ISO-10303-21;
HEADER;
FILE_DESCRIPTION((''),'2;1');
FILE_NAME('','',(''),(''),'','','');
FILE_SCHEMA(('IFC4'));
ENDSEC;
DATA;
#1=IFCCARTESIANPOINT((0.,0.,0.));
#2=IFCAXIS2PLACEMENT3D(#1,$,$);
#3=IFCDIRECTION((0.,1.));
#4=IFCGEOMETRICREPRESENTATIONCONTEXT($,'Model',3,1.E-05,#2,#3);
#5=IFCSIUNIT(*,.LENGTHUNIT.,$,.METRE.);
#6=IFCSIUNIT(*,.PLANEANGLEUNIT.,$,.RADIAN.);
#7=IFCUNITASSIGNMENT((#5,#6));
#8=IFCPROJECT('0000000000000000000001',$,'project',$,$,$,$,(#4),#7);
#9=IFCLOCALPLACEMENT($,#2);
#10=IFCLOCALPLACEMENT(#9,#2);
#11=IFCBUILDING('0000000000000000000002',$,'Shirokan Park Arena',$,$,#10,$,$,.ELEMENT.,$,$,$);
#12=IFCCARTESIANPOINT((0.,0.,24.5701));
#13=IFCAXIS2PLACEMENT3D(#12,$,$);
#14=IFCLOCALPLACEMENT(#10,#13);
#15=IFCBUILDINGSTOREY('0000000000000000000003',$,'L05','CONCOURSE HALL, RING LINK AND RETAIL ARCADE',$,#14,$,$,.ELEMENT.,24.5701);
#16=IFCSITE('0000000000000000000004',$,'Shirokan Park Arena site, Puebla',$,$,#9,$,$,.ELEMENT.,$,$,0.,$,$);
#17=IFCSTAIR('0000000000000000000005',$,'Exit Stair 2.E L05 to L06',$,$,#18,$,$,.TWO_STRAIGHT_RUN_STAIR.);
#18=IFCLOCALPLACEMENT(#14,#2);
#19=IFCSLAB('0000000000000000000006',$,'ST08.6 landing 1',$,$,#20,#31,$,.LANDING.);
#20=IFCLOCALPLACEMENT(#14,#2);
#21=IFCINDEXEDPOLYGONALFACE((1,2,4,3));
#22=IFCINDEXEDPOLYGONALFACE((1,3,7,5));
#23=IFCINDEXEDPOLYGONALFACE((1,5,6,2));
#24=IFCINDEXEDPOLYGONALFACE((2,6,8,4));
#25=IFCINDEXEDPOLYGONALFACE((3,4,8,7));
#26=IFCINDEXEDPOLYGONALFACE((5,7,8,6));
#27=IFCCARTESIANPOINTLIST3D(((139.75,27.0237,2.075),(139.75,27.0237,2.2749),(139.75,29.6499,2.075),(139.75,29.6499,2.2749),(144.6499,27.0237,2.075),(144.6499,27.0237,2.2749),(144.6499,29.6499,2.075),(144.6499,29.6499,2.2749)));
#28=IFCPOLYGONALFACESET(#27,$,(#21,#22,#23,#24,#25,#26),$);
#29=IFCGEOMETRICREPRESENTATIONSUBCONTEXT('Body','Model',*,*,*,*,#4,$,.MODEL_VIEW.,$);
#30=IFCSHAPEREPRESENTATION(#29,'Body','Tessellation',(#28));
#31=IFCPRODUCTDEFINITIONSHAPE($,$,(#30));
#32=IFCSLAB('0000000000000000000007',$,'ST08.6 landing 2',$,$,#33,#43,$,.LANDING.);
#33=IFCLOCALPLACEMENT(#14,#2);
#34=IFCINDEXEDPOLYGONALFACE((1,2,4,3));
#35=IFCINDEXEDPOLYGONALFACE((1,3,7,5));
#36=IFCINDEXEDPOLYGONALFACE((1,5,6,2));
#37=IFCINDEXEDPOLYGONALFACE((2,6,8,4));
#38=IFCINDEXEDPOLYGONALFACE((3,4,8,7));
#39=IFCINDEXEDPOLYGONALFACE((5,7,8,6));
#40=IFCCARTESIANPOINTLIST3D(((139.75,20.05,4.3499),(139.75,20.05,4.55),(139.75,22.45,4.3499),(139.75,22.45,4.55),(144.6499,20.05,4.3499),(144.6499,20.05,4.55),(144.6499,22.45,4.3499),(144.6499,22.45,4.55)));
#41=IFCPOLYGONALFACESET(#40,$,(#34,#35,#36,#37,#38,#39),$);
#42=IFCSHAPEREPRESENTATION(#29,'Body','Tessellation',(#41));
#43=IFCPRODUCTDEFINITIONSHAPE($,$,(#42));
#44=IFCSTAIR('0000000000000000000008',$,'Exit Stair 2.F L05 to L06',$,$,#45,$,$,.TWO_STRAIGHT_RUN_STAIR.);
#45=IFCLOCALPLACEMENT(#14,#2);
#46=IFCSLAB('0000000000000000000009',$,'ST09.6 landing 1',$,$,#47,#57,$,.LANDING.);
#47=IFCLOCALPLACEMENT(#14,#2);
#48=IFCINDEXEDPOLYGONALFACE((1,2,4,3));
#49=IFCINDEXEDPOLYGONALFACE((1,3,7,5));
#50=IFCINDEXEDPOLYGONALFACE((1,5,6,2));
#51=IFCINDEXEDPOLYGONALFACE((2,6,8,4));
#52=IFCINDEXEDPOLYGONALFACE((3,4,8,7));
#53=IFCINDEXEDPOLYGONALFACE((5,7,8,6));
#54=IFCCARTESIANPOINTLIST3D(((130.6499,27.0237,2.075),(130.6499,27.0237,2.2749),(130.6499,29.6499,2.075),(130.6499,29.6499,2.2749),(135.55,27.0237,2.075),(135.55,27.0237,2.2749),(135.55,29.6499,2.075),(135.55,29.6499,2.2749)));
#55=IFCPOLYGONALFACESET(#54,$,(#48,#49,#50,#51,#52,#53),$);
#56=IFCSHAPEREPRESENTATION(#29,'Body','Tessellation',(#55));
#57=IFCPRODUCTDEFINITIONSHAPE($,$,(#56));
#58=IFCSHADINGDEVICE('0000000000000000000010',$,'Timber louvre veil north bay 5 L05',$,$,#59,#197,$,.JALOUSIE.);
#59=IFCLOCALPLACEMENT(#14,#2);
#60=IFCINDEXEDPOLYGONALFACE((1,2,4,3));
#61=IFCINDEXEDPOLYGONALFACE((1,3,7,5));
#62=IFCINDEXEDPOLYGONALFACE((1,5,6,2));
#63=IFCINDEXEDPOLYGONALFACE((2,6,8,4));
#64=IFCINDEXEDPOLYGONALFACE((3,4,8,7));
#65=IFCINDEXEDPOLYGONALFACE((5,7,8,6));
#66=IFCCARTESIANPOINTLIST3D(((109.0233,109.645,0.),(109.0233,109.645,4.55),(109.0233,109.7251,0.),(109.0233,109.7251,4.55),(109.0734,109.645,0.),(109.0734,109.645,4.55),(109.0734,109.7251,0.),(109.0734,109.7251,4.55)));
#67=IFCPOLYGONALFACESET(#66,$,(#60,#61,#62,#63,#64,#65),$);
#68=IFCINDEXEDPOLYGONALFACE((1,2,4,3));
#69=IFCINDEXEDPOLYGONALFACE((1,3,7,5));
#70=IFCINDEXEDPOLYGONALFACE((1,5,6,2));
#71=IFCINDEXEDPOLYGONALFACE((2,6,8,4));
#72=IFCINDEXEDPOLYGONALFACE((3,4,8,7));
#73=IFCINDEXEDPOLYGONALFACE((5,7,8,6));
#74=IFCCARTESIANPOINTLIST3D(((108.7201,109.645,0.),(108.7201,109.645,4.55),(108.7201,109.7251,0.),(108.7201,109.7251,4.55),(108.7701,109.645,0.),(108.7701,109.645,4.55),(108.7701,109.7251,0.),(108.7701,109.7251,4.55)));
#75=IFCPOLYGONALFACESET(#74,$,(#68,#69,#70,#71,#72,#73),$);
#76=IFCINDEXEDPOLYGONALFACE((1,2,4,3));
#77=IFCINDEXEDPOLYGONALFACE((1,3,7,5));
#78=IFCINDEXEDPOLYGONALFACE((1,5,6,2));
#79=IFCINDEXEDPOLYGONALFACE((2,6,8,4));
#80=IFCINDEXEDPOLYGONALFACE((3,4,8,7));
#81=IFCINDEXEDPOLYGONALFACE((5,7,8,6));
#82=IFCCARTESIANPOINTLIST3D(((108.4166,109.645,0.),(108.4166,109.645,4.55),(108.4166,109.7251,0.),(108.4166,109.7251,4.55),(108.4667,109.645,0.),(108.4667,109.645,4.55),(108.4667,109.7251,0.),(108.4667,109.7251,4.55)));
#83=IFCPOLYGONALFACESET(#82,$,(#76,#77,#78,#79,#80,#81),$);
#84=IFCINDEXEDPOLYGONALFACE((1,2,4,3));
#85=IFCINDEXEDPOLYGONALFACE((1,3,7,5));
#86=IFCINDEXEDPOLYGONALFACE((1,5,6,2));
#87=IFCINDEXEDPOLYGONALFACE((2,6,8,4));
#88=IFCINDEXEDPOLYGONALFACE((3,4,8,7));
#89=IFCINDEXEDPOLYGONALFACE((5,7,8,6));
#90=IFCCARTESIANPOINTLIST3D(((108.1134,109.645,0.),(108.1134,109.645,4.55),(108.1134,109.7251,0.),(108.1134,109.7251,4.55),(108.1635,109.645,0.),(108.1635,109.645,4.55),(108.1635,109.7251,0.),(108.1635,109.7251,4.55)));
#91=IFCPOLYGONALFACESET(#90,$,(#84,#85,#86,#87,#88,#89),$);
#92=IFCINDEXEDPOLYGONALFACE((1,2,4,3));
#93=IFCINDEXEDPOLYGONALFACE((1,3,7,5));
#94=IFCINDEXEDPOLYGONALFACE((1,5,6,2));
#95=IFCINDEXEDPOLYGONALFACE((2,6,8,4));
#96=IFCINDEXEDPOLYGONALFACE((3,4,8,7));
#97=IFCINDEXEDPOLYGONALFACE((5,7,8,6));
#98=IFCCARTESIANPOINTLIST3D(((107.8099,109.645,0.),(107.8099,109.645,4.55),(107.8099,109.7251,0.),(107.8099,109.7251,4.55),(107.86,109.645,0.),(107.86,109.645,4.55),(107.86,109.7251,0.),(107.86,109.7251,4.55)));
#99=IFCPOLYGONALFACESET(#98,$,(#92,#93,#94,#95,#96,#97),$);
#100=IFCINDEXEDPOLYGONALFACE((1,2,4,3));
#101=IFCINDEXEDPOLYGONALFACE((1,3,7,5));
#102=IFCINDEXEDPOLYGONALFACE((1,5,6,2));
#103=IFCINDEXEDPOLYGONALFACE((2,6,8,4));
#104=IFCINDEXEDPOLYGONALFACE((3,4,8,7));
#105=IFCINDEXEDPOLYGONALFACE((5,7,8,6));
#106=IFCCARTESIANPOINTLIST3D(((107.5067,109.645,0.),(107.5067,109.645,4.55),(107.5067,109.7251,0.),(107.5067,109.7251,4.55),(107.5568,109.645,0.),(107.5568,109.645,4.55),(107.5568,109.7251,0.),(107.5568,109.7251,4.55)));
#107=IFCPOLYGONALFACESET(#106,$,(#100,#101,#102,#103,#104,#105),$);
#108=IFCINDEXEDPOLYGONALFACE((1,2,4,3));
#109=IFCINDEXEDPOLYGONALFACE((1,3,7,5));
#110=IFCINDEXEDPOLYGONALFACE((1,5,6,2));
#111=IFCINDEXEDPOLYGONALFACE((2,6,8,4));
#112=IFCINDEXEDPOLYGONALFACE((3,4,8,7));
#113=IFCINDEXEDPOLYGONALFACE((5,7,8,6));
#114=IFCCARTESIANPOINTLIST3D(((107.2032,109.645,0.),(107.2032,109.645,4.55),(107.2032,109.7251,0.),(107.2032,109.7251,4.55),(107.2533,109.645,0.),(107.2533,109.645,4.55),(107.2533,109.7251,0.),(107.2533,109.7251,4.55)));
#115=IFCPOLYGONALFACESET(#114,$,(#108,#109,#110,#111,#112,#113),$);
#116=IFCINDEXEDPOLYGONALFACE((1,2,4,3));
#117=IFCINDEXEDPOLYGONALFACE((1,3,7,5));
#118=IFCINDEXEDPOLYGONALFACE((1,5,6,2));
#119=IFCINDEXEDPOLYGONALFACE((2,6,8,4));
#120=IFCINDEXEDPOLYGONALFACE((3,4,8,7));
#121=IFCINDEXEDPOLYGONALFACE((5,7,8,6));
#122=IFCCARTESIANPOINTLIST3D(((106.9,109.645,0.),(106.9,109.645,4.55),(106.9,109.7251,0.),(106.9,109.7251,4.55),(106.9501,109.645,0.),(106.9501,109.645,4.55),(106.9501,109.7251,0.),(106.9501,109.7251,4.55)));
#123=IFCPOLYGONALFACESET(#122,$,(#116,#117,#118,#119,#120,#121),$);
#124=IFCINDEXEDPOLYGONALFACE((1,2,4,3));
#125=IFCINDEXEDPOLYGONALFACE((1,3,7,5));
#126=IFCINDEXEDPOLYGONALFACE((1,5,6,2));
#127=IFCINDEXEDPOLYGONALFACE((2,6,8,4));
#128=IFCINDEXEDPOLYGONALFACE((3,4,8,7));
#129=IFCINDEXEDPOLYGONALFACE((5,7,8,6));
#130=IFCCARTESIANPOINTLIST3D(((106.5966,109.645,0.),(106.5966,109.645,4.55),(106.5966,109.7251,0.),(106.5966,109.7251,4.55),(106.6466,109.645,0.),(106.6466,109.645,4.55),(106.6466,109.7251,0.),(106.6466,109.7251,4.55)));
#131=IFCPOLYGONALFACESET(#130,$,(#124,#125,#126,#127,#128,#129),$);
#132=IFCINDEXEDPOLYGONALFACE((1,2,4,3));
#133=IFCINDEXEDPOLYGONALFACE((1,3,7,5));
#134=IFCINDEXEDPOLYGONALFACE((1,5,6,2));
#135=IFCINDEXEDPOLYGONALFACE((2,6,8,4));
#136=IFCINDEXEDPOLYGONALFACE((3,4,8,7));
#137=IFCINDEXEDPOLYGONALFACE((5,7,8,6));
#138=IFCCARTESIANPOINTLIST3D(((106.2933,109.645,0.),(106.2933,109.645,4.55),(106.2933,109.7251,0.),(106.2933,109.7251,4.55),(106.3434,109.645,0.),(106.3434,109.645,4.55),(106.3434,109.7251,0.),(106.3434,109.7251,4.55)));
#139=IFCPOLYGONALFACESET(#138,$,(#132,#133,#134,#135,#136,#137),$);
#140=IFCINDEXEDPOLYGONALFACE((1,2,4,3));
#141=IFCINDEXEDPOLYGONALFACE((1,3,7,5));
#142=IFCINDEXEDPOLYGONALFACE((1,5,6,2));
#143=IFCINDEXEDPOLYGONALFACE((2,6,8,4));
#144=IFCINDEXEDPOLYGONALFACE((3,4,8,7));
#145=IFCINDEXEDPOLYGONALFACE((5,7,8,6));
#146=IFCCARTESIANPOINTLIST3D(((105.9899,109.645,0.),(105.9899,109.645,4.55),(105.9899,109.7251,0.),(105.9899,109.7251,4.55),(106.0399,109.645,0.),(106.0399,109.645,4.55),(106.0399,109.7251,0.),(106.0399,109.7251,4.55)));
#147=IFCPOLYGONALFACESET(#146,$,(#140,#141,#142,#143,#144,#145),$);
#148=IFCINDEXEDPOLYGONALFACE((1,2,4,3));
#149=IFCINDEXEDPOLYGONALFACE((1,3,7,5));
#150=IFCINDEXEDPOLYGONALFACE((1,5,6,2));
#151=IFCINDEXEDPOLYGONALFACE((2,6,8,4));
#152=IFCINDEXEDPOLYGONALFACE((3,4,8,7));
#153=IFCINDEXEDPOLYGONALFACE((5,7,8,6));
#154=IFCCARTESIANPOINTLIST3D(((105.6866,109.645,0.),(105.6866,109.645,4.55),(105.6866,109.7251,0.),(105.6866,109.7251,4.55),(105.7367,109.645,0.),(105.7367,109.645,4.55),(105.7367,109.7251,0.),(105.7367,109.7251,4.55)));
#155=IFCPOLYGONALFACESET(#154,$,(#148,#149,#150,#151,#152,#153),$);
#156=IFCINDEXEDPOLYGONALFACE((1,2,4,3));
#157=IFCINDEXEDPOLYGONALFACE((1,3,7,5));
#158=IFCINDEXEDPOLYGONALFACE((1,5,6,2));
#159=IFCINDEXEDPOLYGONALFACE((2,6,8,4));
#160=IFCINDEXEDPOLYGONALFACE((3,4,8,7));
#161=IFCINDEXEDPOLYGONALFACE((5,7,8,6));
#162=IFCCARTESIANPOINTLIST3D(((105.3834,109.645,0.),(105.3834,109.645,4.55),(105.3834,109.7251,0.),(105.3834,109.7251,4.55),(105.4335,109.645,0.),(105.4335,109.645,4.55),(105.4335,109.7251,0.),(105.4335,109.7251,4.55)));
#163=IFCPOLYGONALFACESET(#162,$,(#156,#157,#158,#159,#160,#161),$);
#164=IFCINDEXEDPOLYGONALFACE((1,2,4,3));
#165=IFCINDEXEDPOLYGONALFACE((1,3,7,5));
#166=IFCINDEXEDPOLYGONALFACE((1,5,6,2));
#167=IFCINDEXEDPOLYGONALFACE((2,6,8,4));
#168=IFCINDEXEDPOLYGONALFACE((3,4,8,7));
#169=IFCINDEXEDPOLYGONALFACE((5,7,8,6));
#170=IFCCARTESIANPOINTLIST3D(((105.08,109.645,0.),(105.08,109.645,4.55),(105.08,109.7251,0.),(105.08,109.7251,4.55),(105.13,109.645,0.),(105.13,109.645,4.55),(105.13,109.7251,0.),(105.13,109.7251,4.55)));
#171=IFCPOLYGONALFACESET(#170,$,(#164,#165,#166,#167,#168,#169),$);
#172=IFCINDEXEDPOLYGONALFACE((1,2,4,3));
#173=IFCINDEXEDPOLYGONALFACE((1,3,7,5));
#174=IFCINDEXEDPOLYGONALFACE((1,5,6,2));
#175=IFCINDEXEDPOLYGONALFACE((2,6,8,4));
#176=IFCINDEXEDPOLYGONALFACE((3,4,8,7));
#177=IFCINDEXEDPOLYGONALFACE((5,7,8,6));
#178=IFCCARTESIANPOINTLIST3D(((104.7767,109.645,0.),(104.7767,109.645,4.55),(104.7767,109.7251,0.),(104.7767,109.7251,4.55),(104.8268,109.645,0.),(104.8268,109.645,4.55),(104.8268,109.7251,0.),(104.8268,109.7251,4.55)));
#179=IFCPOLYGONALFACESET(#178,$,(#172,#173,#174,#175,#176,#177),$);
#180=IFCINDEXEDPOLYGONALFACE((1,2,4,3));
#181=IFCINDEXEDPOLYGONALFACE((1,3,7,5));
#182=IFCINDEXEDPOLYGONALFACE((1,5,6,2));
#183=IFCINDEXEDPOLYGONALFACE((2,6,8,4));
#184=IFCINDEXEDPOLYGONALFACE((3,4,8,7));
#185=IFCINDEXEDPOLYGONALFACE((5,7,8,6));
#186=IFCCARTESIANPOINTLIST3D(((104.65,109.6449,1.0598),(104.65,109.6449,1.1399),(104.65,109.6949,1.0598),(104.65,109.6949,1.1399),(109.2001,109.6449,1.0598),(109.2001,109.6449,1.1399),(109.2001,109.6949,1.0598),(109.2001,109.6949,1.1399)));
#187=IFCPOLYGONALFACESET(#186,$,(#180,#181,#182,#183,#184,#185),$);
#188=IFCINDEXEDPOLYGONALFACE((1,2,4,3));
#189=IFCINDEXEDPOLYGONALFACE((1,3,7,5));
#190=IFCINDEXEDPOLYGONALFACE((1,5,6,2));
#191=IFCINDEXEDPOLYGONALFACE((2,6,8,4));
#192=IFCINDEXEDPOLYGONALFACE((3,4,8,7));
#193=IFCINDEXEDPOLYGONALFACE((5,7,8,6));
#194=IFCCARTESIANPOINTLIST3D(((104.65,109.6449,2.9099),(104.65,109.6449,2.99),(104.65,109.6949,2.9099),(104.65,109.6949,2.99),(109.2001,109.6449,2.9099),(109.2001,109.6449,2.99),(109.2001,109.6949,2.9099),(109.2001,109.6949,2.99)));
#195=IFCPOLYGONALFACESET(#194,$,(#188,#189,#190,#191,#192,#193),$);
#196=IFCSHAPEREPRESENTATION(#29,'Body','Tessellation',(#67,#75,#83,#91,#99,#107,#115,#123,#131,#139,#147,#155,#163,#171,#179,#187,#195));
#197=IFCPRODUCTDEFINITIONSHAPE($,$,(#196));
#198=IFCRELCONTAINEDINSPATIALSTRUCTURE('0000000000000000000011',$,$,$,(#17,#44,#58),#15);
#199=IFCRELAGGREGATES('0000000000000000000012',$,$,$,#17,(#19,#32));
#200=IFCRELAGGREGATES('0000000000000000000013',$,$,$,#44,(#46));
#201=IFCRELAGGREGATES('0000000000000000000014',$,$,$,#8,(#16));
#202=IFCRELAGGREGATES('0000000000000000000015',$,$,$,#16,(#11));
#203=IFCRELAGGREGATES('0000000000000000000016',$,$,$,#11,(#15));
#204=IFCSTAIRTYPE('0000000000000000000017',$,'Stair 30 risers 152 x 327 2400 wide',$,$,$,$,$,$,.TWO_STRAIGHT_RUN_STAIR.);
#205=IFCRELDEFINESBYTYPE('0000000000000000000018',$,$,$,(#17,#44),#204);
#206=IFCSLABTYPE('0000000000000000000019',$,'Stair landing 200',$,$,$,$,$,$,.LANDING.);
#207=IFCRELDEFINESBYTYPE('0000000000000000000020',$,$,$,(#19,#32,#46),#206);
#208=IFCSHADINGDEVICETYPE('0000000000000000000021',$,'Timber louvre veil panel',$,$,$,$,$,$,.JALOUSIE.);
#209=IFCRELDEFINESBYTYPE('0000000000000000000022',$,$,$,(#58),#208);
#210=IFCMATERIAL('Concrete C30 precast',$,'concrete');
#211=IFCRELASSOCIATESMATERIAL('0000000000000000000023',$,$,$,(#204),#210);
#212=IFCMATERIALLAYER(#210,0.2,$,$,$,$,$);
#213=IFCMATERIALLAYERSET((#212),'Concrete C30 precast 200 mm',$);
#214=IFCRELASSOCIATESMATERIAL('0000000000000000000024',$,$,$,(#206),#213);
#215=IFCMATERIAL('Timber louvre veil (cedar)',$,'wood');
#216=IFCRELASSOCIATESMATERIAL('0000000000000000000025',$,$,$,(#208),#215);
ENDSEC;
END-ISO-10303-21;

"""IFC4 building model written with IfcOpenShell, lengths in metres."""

from ifc_helpers import new_model, si_unit, direction, frame, origin, origin_2d, place, context, subcontext, project, spatial, polyline, rectangle, outline, extrude, material, layer, layer_set, type_object, element, aggregate, save


model = new_model("IFC4")

# Units and contexts
model_context = context("Model", 3, precision=1e-05, world=origin(), true_north=direction((0.0, 1.0)))
body_context = subcontext(model_context, "Body", "Model", "MODEL_VIEW")
ifc_project = project(units=[si_unit("LENGTHUNIT", "METRE"), si_unit("PLANEANGLEUNIT", "RADIAN")], contexts=[model_context])

# Site, building, storey
site_placement = place(None, origin())
site = spatial("IfcSite", under=ifc_project, at=site_placement, Name="Shirokan Park Arena site, Puebla", CompositionType="ELEMENT", RefElevation=0.0)
building_placement = place(site_placement, origin())
building = spatial("IfcBuilding", under=site, at=building_placement, Name="Shirokan Park Arena", CompositionType="ELEMENT")
storey_placement = place(building_placement, frame((0.0, 0.0, 24.5701)))
storey = spatial("IfcBuildingStorey", under=building, at=storey_placement, Name="L05", Description="CONCOURSE HALL, RING LINK AND RETAIL ARCADE", CompositionType="ELEMENT", Elevation=24.5701)

# Stair, slabs
ifc_material_1 = material(Name="Concrete C30 precast", Category="concrete")
stair_type = type_object("IfcStairType", Name="Stair 30 risers 152 x 327 2400 wide", PredefinedType="TWO_STRAIGHT_RUN_STAIR", material=ifc_material_1)
ifc_layer = layer(ifc_material_1, 0.2)
ifc_layer_set = layer_set([ifc_layer], Name="Concrete C30 precast 200 mm")
slab_type = type_object("IfcSlabType", Name="Stair landing 200", PredefinedType="LANDING", material=ifc_layer_set)
stair_1_placement = place(storey_placement, origin())
stair_1 = element("IfcStair", 1, at=stair_1_placement, inside=storey, type_object=stair_type, Name="Exit Stair 2.E L05 to L06", PredefinedType="TWO_STRAIGHT_RUN_STAIR")
slab_1_placement = place(storey_placement, frame((0.0, 0.0, 2.075)))
slab_1 = element("IfcSlab", 2, at=slab_1_placement, type_object=slab_type, Name="ST08.6 landing 1", PredefinedType="LANDING", context=body_context, shape_type="SweptSolid", body=[
    extrude(outline(polyline([(139.75, 27.0237), (144.6499, 27.0237), (144.6499, 29.6499), (139.75, 29.6499), (139.75, 27.0237)])), origin(), (0.0, 0.0, 1.0), 0.2),
])
slab_2_placement = place(storey_placement, frame((0.0, 0.0, 4.3499)))
slab_2 = element("IfcSlab", 3, at=slab_2_placement, type_object=slab_type, Name="ST08.6 landing 2", PredefinedType="LANDING", context=body_context, shape_type="SweptSolid", body=[
    extrude(outline(polyline([(139.75, 20.05), (144.6499, 20.05), (144.6499, 22.45), (139.75, 22.45), (139.75, 20.05)])), origin(), (0.0, 0.0, 1.0), 0.2002),
])
aggregate(stair_1, [slab_1, slab_2])

# Stair, slab
stair_2_placement = place(storey_placement, origin())
stair_2 = element("IfcStair", 4, at=stair_2_placement, inside=storey, type_object=stair_type, Name="Exit Stair 2.F L05 to L06", PredefinedType="TWO_STRAIGHT_RUN_STAIR")
slab_3_placement = place(storey_placement, frame((0.0, 0.0, 2.075)))
slab_3 = element("IfcSlab", 5, at=slab_3_placement, type_object=slab_type, Name="ST09.6 landing 1", PredefinedType="LANDING", context=body_context, shape_type="SweptSolid", body=[
    extrude(outline(polyline([(130.6499, 27.0237), (135.55, 27.0237), (135.55, 29.6499), (130.6499, 29.6499), (130.6499, 27.0237)])), origin(), (0.0, 0.0, 1.0), 0.2),
])
aggregate(stair_2, [slab_3])

# Shading device
ifc_material_2 = material(Name="Timber louvre veil (cedar)", Category="wood")
shading_device_type = type_object("IfcShadingDeviceType", Name="Timber louvre veil panel", PredefinedType="JALOUSIE", material=ifc_material_2)
shading_device_1_placement = place(storey_placement, origin())
element("IfcShadingDevice", 6, at=shading_device_1_placement, inside=storey, type_object=shading_device_type, Name="Timber louvre veil north bay 5 L05", PredefinedType="JALOUSIE", context=body_context, shape_type="SweptSolid", body=[
    extrude(rectangle(XDim=0.05, YDim=0.0801, at=origin_2d()), frame((109.0483, 109.6851, 0.0), z_axis=(0.0, 0.0, 1.0), x_axis=(-1.0, 0.0, 0.0)), (0.0, 0.0, 1.0), 4.55),
    extrude(rectangle(XDim=0.05, YDim=0.0801, at=origin_2d()), frame((108.7451, 109.6851, 0.0), z_axis=(0.0, 0.0, 1.0), x_axis=(-1.0, 0.0, 0.0)), (0.0, 0.0, 1.0), 4.55),
    extrude(rectangle(XDim=0.05, YDim=0.0801, at=origin_2d()), frame((108.4417, 109.6851, 0.0), z_axis=(0.0, 0.0, 1.0), x_axis=(-1.0, 0.0, 0.0)), (0.0, 0.0, 1.0), 4.55),
    extrude(rectangle(XDim=0.05, YDim=0.0801, at=origin_2d()), frame((108.1384, 109.6851, 0.0), z_axis=(0.0, 0.0, 1.0), x_axis=(-1.0, 0.0, 0.0)), (0.0, 0.0, 1.0), 4.55),
    extrude(rectangle(XDim=0.05, YDim=0.0801, at=origin_2d()), frame((107.835, 109.6851, 0.0), z_axis=(0.0, 0.0, 1.0), x_axis=(-1.0, 0.0, 0.0)), (0.0, 0.0, 1.0), 4.55),
    extrude(rectangle(XDim=0.05, YDim=0.0801, at=origin_2d()), frame((107.5317, 109.6851, 0.0), z_axis=(0.0, 0.0, 1.0), x_axis=(-1.0, 0.0, 0.0)), (0.0, 0.0, 1.0), 4.55),
    extrude(rectangle(XDim=0.05, YDim=0.0801, at=origin_2d()), frame((107.2283, 109.6851, 0.0), z_axis=(0.0, 0.0, 1.0), x_axis=(-1.0, 0.0, 0.0)), (0.0, 0.0, 1.0), 4.55),
    extrude(rectangle(XDim=0.05, YDim=0.0801, at=origin_2d()), frame((106.925, 109.6851, 0.0), z_axis=(0.0, 0.0, 1.0), x_axis=(-1.0, 0.0, 0.0)), (0.0, 0.0, 1.0), 4.55),
    extrude(rectangle(XDim=0.05, YDim=0.0801, at=origin_2d()), frame((106.6216, 109.6851, 0.0), z_axis=(0.0, 0.0, 1.0), x_axis=(-1.0, 0.0, 0.0)), (0.0, 0.0, 1.0), 4.55),
    extrude(rectangle(XDim=0.05, YDim=0.0801, at=origin_2d()), frame((106.3184, 109.6851, 0.0), z_axis=(0.0, 0.0, 1.0), x_axis=(-1.0, 0.0, 0.0)), (0.0, 0.0, 1.0), 4.55),
    extrude(rectangle(XDim=0.05, YDim=0.0801, at=origin_2d()), frame((106.0149, 109.6851, 0.0), z_axis=(0.0, 0.0, 1.0), x_axis=(-1.0, 0.0, 0.0)), (0.0, 0.0, 1.0), 4.55),
    extrude(rectangle(XDim=0.05, YDim=0.0801, at=origin_2d()), frame((105.7117, 109.6851, 0.0), z_axis=(0.0, 0.0, 1.0), x_axis=(-1.0, 0.0, 0.0)), (0.0, 0.0, 1.0), 4.55),
    extrude(rectangle(XDim=0.05, YDim=0.0801, at=origin_2d()), frame((105.4084, 109.6851, 0.0), z_axis=(0.0, 0.0, 1.0), x_axis=(-1.0, 0.0, 0.0)), (0.0, 0.0, 1.0), 4.55),
    extrude(rectangle(XDim=0.05, YDim=0.0801, at=origin_2d()), frame((105.105, 109.6851, 0.0), z_axis=(0.0, 0.0, 1.0), x_axis=(-1.0, 0.0, 0.0)), (0.0, 0.0, 1.0), 4.55),
    extrude(rectangle(XDim=0.05, YDim=0.0801, at=origin_2d()), frame((104.8018, 109.6851, 0.0), z_axis=(0.0, 0.0, 1.0), x_axis=(-1.0, 0.0, 0.0)), (0.0, 0.0, 1.0), 4.55),
    extrude(rectangle(XDim=4.55, YDim=0.05, at=origin_2d()), frame((106.925, 109.6699, 1.0598), z_axis=(0.0, 0.0, 1.0), x_axis=(-1.0, 0.0, 0.0)), (0.0, 0.0, 1.0), 0.0801),
    extrude(rectangle(XDim=4.55, YDim=0.05, at=origin_2d()), frame((106.925, 109.6699, 2.9099), z_axis=(0.0, 0.0, 1.0), x_axis=(-1.0, 0.0, 0.0)), (0.0, 0.0, 1.0), 0.0801),
])

save(model, "model.ifc")
